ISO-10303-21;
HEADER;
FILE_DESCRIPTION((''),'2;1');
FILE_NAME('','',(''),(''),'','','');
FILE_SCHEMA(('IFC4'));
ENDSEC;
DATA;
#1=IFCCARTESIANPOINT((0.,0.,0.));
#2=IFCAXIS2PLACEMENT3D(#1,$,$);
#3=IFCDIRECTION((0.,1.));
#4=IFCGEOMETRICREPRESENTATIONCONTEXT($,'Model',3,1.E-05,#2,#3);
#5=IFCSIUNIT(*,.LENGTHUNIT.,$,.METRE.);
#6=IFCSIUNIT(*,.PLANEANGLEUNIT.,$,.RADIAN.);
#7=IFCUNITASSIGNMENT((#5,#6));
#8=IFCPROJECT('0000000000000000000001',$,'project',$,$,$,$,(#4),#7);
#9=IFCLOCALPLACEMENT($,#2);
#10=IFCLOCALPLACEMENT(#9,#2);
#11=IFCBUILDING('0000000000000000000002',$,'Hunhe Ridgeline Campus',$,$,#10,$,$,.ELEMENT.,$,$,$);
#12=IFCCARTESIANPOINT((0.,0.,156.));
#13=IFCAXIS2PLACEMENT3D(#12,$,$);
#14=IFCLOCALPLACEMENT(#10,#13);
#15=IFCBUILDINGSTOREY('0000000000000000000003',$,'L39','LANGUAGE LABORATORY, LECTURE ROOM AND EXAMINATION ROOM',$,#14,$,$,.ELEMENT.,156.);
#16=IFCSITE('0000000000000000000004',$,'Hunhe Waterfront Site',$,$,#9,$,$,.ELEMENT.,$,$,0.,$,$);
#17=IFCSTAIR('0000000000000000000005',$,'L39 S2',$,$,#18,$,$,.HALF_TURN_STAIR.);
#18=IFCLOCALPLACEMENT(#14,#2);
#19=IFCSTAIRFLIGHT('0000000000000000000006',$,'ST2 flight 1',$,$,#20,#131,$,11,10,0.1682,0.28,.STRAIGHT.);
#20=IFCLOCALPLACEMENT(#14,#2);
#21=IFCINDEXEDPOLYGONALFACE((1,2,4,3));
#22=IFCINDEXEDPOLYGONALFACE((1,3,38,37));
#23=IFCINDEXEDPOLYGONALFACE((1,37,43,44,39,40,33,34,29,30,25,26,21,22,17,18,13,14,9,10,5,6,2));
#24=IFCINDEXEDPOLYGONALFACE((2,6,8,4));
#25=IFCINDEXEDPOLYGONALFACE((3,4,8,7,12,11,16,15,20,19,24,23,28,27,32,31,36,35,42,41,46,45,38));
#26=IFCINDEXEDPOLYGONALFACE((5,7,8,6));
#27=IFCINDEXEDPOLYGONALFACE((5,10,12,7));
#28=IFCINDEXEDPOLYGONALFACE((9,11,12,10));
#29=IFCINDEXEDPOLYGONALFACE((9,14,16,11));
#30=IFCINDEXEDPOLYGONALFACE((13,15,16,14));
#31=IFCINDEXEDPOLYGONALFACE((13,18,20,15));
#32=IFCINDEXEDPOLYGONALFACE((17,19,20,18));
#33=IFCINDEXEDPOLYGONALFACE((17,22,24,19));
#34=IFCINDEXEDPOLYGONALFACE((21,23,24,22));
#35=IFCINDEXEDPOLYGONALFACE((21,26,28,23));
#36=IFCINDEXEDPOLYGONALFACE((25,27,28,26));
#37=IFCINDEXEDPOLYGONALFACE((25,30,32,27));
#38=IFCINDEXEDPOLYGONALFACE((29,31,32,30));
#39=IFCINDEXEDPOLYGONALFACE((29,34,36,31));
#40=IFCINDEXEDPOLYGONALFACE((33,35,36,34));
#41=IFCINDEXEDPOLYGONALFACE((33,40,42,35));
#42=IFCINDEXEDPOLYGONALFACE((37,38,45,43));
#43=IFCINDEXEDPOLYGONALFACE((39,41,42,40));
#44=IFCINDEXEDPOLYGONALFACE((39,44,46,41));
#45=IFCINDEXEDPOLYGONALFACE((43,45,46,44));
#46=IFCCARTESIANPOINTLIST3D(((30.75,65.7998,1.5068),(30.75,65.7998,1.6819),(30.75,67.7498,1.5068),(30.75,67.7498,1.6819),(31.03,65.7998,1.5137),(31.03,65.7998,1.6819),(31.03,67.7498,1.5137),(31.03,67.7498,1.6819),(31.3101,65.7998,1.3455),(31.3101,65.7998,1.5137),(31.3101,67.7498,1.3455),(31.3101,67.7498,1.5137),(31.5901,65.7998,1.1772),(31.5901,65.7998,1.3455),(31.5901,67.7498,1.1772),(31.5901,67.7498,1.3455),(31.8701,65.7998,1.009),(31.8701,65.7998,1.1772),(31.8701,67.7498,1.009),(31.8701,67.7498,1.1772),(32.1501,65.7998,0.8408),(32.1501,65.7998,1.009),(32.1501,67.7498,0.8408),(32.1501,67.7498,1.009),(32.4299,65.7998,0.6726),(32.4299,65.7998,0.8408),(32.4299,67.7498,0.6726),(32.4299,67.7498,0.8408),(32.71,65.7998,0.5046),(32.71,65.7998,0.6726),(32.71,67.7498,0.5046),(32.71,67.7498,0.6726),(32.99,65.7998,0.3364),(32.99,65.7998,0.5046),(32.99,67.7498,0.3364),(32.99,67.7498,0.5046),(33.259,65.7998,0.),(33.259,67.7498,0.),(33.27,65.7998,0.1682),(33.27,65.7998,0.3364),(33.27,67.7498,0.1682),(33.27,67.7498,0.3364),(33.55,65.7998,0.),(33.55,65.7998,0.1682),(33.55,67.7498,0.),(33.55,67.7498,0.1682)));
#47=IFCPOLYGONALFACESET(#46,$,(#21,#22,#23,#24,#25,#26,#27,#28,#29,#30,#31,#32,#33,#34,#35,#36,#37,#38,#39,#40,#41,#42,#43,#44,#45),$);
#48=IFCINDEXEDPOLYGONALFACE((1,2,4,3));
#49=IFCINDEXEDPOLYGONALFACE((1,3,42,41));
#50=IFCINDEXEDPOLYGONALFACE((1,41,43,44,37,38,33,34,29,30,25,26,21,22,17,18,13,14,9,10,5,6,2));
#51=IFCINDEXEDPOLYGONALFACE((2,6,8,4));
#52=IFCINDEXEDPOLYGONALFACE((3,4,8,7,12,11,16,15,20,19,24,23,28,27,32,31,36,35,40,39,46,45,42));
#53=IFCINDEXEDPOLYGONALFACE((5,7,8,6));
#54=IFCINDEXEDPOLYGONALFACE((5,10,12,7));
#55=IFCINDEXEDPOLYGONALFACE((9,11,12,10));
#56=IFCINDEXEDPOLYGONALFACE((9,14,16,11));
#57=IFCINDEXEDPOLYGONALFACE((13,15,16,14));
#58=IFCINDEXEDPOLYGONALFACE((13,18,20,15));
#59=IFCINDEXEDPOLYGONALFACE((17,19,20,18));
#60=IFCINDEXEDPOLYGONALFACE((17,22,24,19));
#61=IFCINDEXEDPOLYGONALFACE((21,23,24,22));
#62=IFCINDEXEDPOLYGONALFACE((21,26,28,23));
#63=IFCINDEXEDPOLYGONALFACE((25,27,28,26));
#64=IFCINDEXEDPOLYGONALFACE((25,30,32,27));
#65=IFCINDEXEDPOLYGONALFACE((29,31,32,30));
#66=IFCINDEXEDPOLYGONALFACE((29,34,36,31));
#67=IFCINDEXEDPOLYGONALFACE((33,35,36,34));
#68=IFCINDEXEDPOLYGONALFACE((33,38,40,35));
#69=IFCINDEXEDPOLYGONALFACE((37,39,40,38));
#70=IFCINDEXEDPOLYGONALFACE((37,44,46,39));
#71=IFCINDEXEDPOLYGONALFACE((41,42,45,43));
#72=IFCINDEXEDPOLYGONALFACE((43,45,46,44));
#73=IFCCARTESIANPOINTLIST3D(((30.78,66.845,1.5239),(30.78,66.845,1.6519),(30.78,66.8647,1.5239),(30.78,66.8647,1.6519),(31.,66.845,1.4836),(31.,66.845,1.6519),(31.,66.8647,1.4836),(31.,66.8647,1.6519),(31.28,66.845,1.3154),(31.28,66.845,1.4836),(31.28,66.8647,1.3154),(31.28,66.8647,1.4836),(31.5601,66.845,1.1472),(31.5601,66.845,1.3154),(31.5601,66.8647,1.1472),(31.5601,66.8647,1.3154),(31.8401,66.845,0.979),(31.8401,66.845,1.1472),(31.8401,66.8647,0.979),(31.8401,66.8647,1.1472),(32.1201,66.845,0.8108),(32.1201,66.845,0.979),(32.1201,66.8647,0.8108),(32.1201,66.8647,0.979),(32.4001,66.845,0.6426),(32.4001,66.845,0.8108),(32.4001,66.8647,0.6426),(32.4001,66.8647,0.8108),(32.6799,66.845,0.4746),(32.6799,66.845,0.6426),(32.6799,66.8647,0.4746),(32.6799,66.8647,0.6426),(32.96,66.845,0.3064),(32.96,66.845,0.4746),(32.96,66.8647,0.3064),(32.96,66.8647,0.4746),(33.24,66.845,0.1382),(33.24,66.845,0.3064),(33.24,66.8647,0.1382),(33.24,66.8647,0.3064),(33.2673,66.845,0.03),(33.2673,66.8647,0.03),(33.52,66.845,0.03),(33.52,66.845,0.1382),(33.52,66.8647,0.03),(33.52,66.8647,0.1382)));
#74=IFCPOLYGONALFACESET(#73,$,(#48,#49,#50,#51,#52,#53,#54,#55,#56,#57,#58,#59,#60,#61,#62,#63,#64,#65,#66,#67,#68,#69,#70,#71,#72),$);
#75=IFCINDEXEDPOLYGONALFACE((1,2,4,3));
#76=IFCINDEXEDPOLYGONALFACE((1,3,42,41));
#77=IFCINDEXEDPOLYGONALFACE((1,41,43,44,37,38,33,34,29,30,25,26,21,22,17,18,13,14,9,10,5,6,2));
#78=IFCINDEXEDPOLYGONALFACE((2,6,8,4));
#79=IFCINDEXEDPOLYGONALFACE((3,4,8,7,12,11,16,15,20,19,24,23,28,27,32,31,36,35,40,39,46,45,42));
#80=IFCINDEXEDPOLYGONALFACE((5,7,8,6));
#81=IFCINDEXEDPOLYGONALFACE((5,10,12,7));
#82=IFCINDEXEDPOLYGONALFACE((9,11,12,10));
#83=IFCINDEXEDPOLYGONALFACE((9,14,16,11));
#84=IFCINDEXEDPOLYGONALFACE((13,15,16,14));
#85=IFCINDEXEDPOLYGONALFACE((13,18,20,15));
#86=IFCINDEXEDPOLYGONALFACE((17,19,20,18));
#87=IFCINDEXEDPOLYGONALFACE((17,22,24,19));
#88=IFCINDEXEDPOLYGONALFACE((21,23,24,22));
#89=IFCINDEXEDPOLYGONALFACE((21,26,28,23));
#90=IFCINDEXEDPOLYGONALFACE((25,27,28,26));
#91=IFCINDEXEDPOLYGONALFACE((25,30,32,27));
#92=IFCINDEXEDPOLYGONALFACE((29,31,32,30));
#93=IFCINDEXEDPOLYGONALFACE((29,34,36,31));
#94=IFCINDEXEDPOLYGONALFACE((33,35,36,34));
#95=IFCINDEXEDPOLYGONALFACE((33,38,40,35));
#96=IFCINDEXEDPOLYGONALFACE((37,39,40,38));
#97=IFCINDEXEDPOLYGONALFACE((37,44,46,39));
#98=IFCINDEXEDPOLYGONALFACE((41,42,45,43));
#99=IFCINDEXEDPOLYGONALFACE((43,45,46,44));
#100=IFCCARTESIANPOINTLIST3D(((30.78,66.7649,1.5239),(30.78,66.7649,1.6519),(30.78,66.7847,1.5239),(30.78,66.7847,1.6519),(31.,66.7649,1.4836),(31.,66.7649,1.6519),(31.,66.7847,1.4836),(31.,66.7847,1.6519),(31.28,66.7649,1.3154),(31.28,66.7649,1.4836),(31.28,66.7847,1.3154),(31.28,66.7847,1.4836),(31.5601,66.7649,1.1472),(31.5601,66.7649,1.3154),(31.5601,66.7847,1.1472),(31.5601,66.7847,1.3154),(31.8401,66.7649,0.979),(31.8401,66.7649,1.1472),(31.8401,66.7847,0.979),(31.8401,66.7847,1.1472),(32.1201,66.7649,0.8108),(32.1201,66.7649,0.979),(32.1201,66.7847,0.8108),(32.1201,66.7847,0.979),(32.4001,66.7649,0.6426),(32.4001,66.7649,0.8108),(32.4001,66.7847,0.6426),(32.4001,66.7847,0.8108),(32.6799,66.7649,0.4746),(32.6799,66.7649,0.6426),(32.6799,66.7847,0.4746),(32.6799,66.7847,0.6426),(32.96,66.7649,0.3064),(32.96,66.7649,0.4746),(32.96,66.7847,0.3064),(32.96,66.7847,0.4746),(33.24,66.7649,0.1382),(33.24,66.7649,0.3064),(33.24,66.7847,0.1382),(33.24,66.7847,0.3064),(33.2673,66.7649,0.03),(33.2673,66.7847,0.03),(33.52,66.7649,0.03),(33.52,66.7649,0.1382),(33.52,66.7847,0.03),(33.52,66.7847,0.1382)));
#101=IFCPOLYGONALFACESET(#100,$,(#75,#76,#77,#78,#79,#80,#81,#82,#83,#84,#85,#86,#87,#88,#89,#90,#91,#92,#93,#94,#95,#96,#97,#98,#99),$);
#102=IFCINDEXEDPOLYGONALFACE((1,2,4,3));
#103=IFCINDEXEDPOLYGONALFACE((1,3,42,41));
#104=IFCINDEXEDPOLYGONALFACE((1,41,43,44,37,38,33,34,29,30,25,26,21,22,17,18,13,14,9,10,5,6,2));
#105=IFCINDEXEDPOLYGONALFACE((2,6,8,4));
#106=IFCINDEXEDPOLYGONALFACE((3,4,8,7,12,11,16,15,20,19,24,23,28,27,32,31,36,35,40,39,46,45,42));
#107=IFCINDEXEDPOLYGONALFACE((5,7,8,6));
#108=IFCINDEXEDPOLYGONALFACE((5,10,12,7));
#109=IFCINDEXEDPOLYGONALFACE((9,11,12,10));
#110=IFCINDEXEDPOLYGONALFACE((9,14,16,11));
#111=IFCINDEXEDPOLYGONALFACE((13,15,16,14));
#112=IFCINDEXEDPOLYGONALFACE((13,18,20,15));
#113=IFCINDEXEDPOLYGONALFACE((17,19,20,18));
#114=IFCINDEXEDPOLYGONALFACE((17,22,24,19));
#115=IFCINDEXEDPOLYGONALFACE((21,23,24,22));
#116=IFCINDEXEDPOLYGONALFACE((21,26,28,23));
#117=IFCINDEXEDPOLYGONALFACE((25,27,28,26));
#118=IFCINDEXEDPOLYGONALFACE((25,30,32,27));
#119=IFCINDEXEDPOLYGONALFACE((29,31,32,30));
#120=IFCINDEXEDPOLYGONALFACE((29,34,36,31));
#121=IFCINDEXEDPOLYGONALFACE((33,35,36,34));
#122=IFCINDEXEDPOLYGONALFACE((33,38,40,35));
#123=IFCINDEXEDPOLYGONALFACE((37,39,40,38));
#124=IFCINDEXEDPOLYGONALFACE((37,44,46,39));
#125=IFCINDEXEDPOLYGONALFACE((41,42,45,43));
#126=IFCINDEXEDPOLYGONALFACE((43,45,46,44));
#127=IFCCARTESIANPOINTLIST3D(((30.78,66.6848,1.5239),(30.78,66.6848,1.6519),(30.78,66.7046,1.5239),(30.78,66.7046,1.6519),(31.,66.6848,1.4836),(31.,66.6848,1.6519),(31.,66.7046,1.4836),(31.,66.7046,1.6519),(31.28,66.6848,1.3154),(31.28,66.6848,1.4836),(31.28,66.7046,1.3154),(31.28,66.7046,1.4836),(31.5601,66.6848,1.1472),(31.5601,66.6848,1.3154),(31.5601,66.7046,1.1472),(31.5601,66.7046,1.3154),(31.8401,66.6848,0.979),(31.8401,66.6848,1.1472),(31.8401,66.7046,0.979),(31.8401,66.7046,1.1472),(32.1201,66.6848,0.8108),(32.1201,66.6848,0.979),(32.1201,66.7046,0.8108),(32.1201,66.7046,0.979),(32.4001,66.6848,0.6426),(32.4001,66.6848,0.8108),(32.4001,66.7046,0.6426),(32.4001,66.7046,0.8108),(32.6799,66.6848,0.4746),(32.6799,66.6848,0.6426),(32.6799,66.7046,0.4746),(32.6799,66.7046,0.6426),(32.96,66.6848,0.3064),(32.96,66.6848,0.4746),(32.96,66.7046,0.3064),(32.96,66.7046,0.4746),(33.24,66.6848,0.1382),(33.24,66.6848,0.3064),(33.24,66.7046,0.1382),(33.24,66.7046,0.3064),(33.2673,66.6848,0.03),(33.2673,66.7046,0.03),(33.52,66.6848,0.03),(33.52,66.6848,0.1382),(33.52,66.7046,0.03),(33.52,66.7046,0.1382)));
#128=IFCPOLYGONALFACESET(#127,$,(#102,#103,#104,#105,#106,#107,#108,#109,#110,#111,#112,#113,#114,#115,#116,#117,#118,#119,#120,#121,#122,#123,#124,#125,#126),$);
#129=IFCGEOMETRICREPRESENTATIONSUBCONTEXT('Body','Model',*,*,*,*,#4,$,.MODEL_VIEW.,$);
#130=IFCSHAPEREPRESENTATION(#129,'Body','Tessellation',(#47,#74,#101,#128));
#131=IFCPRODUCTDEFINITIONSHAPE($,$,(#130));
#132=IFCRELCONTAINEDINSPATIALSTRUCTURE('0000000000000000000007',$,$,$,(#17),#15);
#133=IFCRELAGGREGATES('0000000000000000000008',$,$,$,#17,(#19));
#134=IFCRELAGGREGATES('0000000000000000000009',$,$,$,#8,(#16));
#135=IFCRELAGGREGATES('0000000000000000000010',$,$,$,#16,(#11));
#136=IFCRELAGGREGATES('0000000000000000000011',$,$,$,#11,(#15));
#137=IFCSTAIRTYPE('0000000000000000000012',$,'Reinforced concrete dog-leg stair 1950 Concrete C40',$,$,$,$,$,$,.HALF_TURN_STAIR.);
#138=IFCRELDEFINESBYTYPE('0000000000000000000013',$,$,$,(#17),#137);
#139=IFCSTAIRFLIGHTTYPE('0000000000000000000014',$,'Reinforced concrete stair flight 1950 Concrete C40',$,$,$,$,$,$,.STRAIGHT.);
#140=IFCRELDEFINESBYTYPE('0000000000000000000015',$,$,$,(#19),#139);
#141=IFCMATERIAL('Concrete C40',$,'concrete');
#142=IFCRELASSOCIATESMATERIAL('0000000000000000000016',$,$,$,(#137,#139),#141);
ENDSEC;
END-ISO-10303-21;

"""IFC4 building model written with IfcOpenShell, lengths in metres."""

from ifc_helpers import new_model, si_unit, direction, frame, origin, place, context, subcontext, project, spatial, polyline, outline, extrude, material, type_object, element, aggregate, save


model = new_model("IFC4")

# Units and contexts
model_context = context("Model", 3, precision=1e-05, world=origin(), true_north=direction((0.0, 1.0)))
body_context = subcontext(model_context, "Body", "Model", "MODEL_VIEW")
ifc_project = project(units=[si_unit("LENGTHUNIT", "METRE"), si_unit("PLANEANGLEUNIT", "RADIAN")], contexts=[model_context])

# Site, building, storey
site_placement = place(None, origin())
site = spatial("IfcSite", under=ifc_project, at=site_placement, Name="Hunhe Waterfront Site", CompositionType="ELEMENT", RefElevation=0.0)
building_placement = place(site_placement, origin())
building = spatial("IfcBuilding", under=site, at=building_placement, Name="Hunhe Ridgeline Campus", CompositionType="ELEMENT")
storey_placement = place(building_placement, frame((0.0, 0.0, 156.0)))
storey = spatial("IfcBuildingStorey", under=building, at=storey_placement, Name="L39", Description="LANGUAGE LABORATORY, LECTURE ROOM AND EXAMINATION ROOM", CompositionType="ELEMENT", Elevation=156.0)

# Stair, stair flight
ifc_material_1 = material(Name="Concrete C40", Category="concrete")
stair_type = type_object("IfcStairType", Name="Reinforced concrete dog-leg stair 1950 Concrete C40", PredefinedType="HALF_TURN_STAIR", material=ifc_material_1)
stair_placement = place(storey_placement, origin())
stair = element("IfcStair", 1, at=stair_placement, inside=storey, type_object=stair_type, Name="L39 S2", PredefinedType="HALF_TURN_STAIR")
stair_flight_type = type_object("IfcStairFlightType", Name="Reinforced concrete stair flight 1950 Concrete C40", PredefinedType="STRAIGHT", material=ifc_material_1)
stair_flight_placement = place(storey_placement, frame((33.55, 66.7749, 0.0), z_axis=(0.0, 0.0, 1.0), x_axis=(-1.0, 0.0, 0.0)))
stair_flight = element("IfcStairFlight", 2, at=stair_flight_placement, type_object=stair_flight_type, Name="ST2 flight 1", NumberOfRisers=11, NumberOfTreads=10, PredefinedType="STRAIGHT", RiserHeight=0.1682, TreadLength=0.28, context=body_context, shape_type="SweptSolid", body=[
    extrude(outline(polyline([(0.0, 0.0), (0.0, 0.1682), (0.28, 0.1682), (0.28, 0.3364), (0.5601, 0.3364), (0.5601, 0.5046), (0.8401, 0.5046), (0.8401, 0.6726), (1.1201, 0.6726), (1.1201, 0.8408), (1.3999, 0.8408), (1.3999, 1.009), (1.6799, 1.009), (1.6799, 1.1772), (1.96, 1.1772), (1.96, 1.3455), (2.24, 1.3455), (2.24, 1.5137), (2.52, 1.5137), (2.52, 1.6819), (2.8, 1.6819), (2.8, 1.8501), (2.8, 1.5068), (0.291, 0.0), (0.0, 0.0)])), frame((0.0, 0.9751, 0.0), z_axis=(0.0, -1.0, 0.0), x_axis=(1.0, 0.0, 0.0)), (0.0, 0.0, 1.0), 1.95),
    extrude(outline(polyline([(0.03, 0.03), (0.03, 0.1382), (0.3101, 0.1382), (0.3101, 0.3064), (0.5901, 0.3064), (0.5901, 0.4746), (0.8701, 0.4746), (0.8701, 0.6426), (1.1499, 0.6426), (1.1499, 0.8108), (1.4299, 0.8108), (1.4299, 0.979), (1.71, 0.979), (1.71, 1.1472), (1.99, 1.1472), (1.99, 1.3154), (2.27, 1.3154), (2.27, 1.4836), (2.55, 1.4836), (2.55, 1.6519), (2.77, 1.6519), (2.77, 1.5239), (0.2827, 0.03), (0.03, 0.03)])), frame((0.0, -0.0701, 0.0), z_axis=(0.0, -1.0, 0.0), x_axis=(1.0, 0.0, 0.0)), (0.0, 0.0, 1.0), 0.0198),
    extrude(outline(polyline([(0.03, 0.03), (0.03, 0.1382), (0.3101, 0.1382), (0.3101, 0.3064), (0.5901, 0.3064), (0.5901, 0.4746), (0.8701, 0.4746), (0.8701, 0.6426), (1.1499, 0.6426), (1.1499, 0.8108), (1.4299, 0.8108), (1.4299, 0.979), (1.71, 0.979), (1.71, 1.1472), (1.99, 1.1472), (1.99, 1.3154), (2.27, 1.3154), (2.27, 1.4836), (2.55, 1.4836), (2.55, 1.6519), (2.77, 1.6519), (2.77, 1.5239), (0.2827, 0.03), (0.03, 0.03)])), frame((0.0, 0.01, 0.0), z_axis=(0.0, -1.0, 0.0), x_axis=(1.0, 0.0, 0.0)), (0.0, 0.0, 1.0), 0.0198),
    extrude(outline(polyline([(0.03, 0.03), (0.03, 0.1382), (0.3101, 0.1382), (0.3101, 0.3064), (0.5901, 0.3064), (0.5901, 0.4746), (0.8701, 0.4746), (0.8701, 0.6426), (1.1499, 0.6426), (1.1499, 0.8108), (1.4299, 0.8108), (1.4299, 0.979), (1.71, 0.979), (1.71, 1.1472), (1.99, 1.1472), (1.99, 1.3154), (2.27, 1.3154), (2.27, 1.4836), (2.55, 1.4836), (2.55, 1.6519), (2.77, 1.6519), (2.77, 1.5239), (0.2827, 0.03), (0.03, 0.03)])), frame((0.0, 0.0901, 0.0), z_axis=(0.0, -1.0, 0.0), x_axis=(1.0, 0.0, 0.0)), (0.0, 0.0, 1.0), 0.0198),
])
aggregate(stair, [stair_flight])

save(model, "model.ifc")
